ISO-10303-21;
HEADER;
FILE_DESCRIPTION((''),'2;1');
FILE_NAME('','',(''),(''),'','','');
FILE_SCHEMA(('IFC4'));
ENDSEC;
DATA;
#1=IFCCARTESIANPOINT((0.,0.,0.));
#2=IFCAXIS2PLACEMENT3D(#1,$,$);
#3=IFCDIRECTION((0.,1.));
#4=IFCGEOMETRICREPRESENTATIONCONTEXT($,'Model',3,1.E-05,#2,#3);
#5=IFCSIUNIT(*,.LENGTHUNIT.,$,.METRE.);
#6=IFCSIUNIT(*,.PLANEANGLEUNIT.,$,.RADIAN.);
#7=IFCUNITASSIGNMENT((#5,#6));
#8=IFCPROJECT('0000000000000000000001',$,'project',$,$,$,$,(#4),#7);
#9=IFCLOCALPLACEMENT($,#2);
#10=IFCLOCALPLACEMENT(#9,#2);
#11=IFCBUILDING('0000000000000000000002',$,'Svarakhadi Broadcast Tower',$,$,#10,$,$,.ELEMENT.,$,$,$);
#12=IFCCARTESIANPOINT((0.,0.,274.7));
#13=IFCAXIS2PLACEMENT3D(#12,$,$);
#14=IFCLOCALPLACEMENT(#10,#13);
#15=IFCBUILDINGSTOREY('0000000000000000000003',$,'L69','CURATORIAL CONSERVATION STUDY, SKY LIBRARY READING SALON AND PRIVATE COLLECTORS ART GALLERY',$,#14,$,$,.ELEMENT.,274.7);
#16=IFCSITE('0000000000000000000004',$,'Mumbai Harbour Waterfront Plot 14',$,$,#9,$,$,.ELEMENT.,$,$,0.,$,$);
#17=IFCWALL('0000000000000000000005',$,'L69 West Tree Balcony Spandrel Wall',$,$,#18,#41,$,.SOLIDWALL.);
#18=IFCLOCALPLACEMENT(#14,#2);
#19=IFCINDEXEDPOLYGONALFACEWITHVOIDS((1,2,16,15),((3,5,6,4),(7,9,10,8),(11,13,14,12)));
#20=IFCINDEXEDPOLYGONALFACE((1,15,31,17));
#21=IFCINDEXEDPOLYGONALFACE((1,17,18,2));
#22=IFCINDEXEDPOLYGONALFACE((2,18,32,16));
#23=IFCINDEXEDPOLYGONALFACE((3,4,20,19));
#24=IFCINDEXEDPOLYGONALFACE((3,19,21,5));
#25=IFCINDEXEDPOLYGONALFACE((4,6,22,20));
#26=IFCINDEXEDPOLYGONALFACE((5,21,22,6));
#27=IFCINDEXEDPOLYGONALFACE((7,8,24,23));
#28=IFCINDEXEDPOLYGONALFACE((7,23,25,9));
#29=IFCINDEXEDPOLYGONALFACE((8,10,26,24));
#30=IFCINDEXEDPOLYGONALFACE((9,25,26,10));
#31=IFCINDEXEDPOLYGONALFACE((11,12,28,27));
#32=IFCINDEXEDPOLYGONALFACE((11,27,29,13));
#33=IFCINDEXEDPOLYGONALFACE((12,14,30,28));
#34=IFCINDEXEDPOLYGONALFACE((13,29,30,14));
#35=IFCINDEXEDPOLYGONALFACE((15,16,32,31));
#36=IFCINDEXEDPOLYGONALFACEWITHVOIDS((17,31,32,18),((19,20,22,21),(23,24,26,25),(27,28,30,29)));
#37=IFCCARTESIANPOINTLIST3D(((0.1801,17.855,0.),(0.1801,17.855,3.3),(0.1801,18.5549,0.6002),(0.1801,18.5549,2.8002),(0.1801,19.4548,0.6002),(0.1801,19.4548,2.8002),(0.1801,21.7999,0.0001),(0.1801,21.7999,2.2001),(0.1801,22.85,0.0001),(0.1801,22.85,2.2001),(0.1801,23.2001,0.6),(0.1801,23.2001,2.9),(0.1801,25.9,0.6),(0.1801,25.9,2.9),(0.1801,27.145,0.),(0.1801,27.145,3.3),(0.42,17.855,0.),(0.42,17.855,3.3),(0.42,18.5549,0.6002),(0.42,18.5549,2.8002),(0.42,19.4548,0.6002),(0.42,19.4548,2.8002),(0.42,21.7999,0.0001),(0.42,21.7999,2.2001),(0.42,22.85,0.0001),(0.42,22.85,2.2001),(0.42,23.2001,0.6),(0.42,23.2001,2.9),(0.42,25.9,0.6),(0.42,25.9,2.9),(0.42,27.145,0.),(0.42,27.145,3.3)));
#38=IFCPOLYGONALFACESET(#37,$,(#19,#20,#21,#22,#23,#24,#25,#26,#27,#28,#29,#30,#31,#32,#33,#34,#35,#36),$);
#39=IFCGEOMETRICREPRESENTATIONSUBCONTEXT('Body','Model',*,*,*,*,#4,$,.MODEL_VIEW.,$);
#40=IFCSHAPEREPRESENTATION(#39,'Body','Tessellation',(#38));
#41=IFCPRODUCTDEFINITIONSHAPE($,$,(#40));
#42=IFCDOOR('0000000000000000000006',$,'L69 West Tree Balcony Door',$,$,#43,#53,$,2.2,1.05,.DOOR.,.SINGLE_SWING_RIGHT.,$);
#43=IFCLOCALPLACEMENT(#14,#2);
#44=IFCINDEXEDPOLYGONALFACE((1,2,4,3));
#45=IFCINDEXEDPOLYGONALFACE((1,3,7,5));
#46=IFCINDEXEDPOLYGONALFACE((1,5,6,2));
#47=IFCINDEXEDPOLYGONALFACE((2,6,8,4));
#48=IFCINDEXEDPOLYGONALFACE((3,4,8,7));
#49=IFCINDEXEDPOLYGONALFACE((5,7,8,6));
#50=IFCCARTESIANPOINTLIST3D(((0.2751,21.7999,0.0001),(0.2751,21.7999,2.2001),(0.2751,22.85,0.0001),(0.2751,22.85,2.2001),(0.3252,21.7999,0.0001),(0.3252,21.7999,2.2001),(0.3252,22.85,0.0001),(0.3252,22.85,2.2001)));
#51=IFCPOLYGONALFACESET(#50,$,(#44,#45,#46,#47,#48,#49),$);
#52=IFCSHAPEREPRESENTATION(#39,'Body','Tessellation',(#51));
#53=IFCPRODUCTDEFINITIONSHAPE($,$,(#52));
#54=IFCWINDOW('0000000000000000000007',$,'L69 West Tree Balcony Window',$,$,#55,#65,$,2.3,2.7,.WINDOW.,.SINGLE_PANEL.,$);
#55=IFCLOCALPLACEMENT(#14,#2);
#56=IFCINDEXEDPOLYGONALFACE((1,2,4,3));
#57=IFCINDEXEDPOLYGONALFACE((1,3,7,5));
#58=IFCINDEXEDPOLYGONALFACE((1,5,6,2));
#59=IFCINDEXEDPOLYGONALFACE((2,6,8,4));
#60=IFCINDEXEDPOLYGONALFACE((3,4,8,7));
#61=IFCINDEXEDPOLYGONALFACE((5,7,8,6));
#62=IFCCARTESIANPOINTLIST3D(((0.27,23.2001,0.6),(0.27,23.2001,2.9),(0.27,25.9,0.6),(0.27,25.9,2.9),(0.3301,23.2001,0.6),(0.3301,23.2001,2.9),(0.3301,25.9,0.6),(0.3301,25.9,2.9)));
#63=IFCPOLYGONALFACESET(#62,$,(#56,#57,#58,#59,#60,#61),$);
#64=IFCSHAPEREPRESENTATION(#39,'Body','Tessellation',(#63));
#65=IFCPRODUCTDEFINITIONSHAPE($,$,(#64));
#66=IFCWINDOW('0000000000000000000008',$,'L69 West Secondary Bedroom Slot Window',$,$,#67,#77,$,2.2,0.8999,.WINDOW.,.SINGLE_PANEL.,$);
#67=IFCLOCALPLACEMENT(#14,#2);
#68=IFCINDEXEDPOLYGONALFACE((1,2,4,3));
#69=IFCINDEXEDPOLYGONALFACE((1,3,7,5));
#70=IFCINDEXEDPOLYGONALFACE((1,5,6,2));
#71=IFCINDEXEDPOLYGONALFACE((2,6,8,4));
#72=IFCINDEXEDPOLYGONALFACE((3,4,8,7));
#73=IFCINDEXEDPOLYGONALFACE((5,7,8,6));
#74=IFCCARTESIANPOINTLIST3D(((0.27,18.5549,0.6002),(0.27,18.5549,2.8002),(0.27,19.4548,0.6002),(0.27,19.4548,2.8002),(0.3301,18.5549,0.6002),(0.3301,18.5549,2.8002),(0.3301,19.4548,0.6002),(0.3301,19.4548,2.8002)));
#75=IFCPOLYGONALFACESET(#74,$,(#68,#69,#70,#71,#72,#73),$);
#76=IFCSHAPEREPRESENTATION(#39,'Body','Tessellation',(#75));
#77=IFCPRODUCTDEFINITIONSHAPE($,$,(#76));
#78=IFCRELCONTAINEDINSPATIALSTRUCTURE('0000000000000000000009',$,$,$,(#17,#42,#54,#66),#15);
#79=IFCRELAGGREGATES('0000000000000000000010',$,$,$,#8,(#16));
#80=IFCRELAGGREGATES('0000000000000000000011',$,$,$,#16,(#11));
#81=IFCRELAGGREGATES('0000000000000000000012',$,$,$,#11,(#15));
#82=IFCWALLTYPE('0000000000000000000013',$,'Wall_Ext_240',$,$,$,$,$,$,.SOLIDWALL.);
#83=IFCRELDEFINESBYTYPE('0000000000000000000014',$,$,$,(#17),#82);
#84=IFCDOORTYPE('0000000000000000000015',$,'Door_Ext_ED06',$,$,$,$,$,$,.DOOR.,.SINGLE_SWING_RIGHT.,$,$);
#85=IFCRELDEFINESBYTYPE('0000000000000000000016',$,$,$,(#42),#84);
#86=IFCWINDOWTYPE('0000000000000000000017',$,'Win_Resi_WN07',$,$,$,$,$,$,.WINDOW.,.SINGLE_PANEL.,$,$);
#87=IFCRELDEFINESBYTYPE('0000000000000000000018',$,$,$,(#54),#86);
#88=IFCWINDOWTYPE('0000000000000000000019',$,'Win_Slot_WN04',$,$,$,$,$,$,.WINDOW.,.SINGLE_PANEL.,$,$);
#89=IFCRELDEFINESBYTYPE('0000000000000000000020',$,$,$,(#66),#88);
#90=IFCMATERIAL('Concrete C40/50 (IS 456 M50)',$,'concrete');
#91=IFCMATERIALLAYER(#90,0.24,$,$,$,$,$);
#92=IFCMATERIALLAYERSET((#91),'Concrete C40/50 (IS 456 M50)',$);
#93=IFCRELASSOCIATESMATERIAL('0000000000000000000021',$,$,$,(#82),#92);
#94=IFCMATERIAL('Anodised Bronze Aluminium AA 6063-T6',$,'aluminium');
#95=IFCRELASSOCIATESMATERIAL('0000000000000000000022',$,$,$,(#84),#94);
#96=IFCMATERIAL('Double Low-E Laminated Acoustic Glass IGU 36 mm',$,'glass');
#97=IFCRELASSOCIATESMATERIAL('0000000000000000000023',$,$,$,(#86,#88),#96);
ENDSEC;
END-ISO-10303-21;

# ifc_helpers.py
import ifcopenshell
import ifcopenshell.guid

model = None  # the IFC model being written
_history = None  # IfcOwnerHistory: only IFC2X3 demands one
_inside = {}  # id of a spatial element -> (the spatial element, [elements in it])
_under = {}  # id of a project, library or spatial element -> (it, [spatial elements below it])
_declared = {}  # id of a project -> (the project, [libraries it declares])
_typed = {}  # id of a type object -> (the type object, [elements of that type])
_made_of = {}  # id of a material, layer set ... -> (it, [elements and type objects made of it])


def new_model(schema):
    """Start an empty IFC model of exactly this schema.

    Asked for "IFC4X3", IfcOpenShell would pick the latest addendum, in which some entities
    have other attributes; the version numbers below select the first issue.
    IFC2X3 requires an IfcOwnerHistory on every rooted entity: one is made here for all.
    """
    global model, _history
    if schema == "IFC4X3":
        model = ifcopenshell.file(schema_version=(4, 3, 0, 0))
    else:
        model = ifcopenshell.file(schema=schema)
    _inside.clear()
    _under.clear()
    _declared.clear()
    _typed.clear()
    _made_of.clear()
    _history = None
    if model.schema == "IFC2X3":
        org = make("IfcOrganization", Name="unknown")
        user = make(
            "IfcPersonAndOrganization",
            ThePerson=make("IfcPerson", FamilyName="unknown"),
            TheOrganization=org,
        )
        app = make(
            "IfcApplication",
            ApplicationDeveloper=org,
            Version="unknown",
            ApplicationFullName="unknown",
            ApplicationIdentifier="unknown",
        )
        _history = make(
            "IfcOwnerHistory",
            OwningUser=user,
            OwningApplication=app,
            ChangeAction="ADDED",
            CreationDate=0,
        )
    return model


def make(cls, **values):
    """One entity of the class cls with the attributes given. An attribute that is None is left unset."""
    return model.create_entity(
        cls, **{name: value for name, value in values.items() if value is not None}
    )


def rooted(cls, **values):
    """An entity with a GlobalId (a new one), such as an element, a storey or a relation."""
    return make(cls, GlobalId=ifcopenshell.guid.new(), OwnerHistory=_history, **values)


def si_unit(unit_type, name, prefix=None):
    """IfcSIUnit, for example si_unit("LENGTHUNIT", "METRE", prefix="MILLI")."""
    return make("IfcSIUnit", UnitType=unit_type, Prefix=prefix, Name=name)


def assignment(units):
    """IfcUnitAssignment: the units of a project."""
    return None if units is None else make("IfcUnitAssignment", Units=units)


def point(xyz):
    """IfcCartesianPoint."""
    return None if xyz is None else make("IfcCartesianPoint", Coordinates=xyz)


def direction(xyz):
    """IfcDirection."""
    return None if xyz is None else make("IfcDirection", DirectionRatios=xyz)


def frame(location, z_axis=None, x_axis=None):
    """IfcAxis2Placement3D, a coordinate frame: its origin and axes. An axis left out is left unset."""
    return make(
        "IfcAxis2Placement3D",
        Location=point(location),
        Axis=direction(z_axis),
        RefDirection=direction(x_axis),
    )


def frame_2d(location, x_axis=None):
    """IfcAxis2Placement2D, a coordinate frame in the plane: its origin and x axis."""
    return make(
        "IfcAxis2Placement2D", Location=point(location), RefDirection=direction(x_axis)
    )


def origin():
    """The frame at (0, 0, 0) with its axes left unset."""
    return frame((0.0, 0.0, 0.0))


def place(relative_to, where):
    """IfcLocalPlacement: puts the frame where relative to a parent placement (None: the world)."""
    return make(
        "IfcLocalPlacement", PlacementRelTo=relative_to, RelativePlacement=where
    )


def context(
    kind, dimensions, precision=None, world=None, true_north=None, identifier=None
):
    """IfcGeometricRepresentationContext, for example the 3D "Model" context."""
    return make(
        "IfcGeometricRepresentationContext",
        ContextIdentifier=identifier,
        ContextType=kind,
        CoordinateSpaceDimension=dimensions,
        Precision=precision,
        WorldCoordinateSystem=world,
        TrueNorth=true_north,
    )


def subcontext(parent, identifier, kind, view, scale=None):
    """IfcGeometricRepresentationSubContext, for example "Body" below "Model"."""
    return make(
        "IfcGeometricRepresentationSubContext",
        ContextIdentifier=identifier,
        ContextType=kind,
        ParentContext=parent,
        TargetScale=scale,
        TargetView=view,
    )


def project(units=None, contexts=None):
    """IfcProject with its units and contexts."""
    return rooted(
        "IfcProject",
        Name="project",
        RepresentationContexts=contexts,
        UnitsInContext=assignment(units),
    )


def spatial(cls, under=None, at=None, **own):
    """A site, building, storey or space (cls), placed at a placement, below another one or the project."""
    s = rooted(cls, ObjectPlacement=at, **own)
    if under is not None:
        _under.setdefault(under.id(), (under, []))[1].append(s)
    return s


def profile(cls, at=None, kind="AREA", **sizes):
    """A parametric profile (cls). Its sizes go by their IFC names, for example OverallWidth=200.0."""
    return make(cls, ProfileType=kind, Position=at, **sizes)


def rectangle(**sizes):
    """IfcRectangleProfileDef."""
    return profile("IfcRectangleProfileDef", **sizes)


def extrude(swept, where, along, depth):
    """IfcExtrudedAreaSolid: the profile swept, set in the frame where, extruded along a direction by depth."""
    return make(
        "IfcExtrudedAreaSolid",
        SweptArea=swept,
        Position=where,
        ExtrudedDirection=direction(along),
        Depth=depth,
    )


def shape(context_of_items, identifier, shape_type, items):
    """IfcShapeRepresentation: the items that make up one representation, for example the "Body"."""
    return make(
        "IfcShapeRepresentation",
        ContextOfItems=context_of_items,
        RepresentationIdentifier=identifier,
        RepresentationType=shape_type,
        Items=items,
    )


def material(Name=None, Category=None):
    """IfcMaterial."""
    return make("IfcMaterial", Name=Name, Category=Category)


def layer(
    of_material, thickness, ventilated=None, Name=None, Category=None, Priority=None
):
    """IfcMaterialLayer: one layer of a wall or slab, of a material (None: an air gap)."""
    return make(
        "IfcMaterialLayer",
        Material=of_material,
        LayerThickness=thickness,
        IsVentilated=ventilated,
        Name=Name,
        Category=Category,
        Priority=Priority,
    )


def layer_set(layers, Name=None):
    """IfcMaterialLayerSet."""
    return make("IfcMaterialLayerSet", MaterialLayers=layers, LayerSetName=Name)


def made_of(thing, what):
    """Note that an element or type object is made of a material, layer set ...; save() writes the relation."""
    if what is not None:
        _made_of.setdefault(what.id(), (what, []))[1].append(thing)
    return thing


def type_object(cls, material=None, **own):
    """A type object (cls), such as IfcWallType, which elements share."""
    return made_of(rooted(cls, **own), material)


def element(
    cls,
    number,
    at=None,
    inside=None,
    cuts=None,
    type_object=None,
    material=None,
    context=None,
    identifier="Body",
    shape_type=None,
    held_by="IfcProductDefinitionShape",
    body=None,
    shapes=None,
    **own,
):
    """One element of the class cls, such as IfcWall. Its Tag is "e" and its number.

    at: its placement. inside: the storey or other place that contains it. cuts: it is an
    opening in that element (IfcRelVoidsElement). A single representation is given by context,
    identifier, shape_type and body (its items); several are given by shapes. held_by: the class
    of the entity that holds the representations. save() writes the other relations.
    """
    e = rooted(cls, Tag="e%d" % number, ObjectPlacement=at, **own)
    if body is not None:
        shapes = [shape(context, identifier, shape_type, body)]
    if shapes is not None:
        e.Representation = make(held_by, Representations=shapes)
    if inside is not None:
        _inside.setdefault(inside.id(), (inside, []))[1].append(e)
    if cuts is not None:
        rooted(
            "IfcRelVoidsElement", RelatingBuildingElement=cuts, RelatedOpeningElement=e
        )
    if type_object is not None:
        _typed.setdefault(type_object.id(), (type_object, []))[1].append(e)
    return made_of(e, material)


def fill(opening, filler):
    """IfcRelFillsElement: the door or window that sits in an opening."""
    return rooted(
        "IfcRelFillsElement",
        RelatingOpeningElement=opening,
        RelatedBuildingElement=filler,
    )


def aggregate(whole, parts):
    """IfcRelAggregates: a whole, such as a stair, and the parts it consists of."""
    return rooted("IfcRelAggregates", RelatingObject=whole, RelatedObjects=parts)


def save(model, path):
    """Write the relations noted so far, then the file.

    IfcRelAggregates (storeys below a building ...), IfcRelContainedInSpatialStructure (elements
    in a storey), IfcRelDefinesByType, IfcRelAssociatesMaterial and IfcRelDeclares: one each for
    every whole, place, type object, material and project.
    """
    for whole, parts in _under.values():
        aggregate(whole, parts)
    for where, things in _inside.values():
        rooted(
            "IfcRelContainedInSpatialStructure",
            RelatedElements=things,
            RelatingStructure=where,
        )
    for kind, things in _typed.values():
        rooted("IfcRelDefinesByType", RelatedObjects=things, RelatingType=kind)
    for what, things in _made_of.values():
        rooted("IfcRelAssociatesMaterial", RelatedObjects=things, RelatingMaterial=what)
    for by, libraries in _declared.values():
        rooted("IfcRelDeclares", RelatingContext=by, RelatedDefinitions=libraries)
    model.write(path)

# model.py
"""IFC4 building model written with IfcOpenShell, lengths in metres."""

from ifc_helpers import new_model, si_unit, direction, frame, frame_2d, origin, place, context, subcontext, project, spatial, rectangle, extrude, material, layer, layer_set, type_object, element, fill, save


model = new_model("IFC4")

# Units and contexts
model_context = context("Model", 3, precision=1e-05, world=origin(), true_north=direction((0.0, 1.0)))
body_context = subcontext(model_context, "Body", "Model", "MODEL_VIEW")
ifc_project = project(units=[si_unit("LENGTHUNIT", "METRE"), si_unit("PLANEANGLEUNIT", "RADIAN")], contexts=[model_context])

# Site, building, storey
site_placement = place(None, origin())
site = spatial("IfcSite", under=ifc_project, at=site_placement, Name="Mumbai Harbour Waterfront Plot 14", CompositionType="ELEMENT", RefElevation=0.0)
building_placement = place(site_placement, origin())
building = spatial("IfcBuilding", under=site, at=building_placement, Name="Svarakhadi Broadcast Tower", CompositionType="ELEMENT")
storey_placement = place(building_placement, frame((0.0, 0.0, 274.7)))
storey = spatial("IfcBuildingStorey", under=building, at=storey_placement, Name="L69", Description="CURATORIAL CONSERVATION STUDY, SKY LIBRARY READING SALON AND PRIVATE COLLECTORS ART GALLERY", CompositionType="ELEMENT", Elevation=274.7)

# Shared definitions
ifc_material_1 = material(Name="Anodised Bronze Aluminium AA 6063-T6", Category="aluminium")

# Shared definitions
ifc_material_2 = material(Name="Double Low-E Laminated Acoustic Glass IGU 36 mm", Category="glass")

# Wall, openings, door, windows
ifc_material_3 = material(Name="Concrete C40/50 (IS 456 M50)", Category="concrete")
ifc_layer_1 = layer(ifc_material_3, 0.24)
ifc_layer_set_1 = layer_set([ifc_layer_1], Name="Concrete C40/50 (IS 456 M50)")
wall_type_1 = type_object("IfcWallType", Name="Wall_Ext_240", PredefinedType="SOLIDWALL", material=ifc_layer_set_1)
wall_1_placement = place(storey_placement, frame((0.3, 17.855, 0.0), z_axis=(0.0, 0.0, 1.0), x_axis=(0.0, 1.0, 0.0)))
wall_1 = element("IfcWall", 1, at=wall_1_placement, inside=storey, type_object=wall_type_1, Name="L69 West Tree Balcony Spandrel Wall", PredefinedType="SOLIDWALL", context=body_context, shape_type="SweptSolid", body=[
    extrude(rectangle(XDim=9.29, YDim=0.24, at=frame_2d((4.645, 0.0))), origin(), (0.0, 0.0, 1.0), 3.3),
])
opening_1_placement = place(wall_1_placement, frame((3.9451, 0.0, 0.0)))
opening_1 = element("IfcOpeningElement", 2, at=opening_1_placement, cuts=wall_1, PredefinedType="OPENING", context=body_context, shape_type="SweptSolid", body=[
    extrude(rectangle(XDim=1.05, YDim=2.2, at=frame_2d((0.5249, 1.1001))), frame((0.0, 0.1299, 0.0), z_axis=(0.0, -1.0, 0.0), x_axis=(1.0, 0.0, 0.0)), (0.0, 0.0, 1.0), 0.26),
])
opening_2_placement = place(wall_1_placement, frame((5.345, 0.0, 0.6001)))
opening_2 = element("IfcOpeningElement", 3, at=opening_2_placement, cuts=wall_1, PredefinedType="OPENING", context=body_context, shape_type="SweptSolid", body=[
    extrude(rectangle(XDim=2.7, YDim=2.3, at=frame_2d((1.3501, 1.1499))), frame((0.0, 0.1299, 0.0), z_axis=(0.0, -1.0, 0.0), x_axis=(1.0, 0.0, 0.0)), (0.0, 0.0, 1.0), 0.26),
])
opening_3_placement = place(wall_1_placement, frame((0.7, 0.0, 0.6001)))
opening_3 = element("IfcOpeningElement", 4, at=opening_3_placement, cuts=wall_1, PredefinedType="OPENING", context=body_context, shape_type="SweptSolid", body=[
    extrude(rectangle(XDim=0.8999, YDim=2.2, at=frame_2d((0.45, 1.1001))), frame((0.0, 0.1299, 0.0), z_axis=(0.0, -1.0, 0.0), x_axis=(1.0, 0.0, 0.0)), (0.0, 0.0, 1.0), 0.26),
])
door_type_1 = type_object("IfcDoorType", Name="Door_Ext_ED06", OperationType="SINGLE_SWING_RIGHT", PredefinedType="DOOR", material=ifc_material_1)
door_1_placement = place(opening_1_placement, origin())
door_1 = element("IfcDoor", 5, at=door_1_placement, inside=storey, type_object=door_type_1, Name="L69 West Tree Balcony Door", OperationType="SINGLE_SWING_RIGHT", OverallHeight=2.2, OverallWidth=1.05, PredefinedType="DOOR", context=body_context, shape_type="SweptSolid", body=[
    extrude(rectangle(XDim=1.05, YDim=2.2, at=frame_2d((0.5249, 1.1001))), frame((0.0, 0.0249, 0.0), z_axis=(0.0, -1.0, 0.0), x_axis=(1.0, 0.0, 0.0)), (0.0, 0.0, 1.0), 0.05),
])
fill(opening_1, door_1)
window_type_1 = type_object("IfcWindowType", Name="Win_Resi_WN07", PartitioningType="SINGLE_PANEL", PredefinedType="WINDOW", material=ifc_material_2)
window_1_placement = place(opening_2_placement, origin())
window_1 = element("IfcWindow", 6, at=window_1_placement, inside=storey, type_object=window_type_1, Name="L69 West Tree Balcony Window", OverallHeight=2.3, OverallWidth=2.7, PartitioningType="SINGLE_PANEL", PredefinedType="WINDOW", context=body_context, shape_type="SweptSolid", body=[
    extrude(rectangle(XDim=2.7, YDim=2.3, at=frame_2d((1.3501, 1.1499))), frame((0.0, 0.03, 0.0), z_axis=(0.0, -1.0, 0.0), x_axis=(1.0, 0.0, 0.0)), (0.0, 0.0, 1.0), 0.0601),
])
fill(opening_2, window_1)
window_type_2 = type_object("IfcWindowType", Name="Win_Slot_WN04", PartitioningType="SINGLE_PANEL", PredefinedType="WINDOW", material=ifc_material_2)
window_2_placement = place(opening_3_placement, origin())
window_2 = element("IfcWindow", 7, at=window_2_placement, inside=storey, type_object=window_type_2, Name="L69 West Secondary Bedroom Slot Window", OverallHeight=2.2, OverallWidth=0.8999, PartitioningType="SINGLE_PANEL", PredefinedType="WINDOW", context=body_context, shape_type="SweptSolid", body=[
    extrude(rectangle(XDim=0.8999, YDim=2.2, at=frame_2d((0.45, 1.1001))), frame((0.0, 0.03, 0.0), z_axis=(0.0, -1.0, 0.0), x_axis=(1.0, 0.0, 0.0)), (0.0, 0.0, 1.0), 0.0601),
])
fill(opening_3, window_2)

save(model, "model.ifc")
